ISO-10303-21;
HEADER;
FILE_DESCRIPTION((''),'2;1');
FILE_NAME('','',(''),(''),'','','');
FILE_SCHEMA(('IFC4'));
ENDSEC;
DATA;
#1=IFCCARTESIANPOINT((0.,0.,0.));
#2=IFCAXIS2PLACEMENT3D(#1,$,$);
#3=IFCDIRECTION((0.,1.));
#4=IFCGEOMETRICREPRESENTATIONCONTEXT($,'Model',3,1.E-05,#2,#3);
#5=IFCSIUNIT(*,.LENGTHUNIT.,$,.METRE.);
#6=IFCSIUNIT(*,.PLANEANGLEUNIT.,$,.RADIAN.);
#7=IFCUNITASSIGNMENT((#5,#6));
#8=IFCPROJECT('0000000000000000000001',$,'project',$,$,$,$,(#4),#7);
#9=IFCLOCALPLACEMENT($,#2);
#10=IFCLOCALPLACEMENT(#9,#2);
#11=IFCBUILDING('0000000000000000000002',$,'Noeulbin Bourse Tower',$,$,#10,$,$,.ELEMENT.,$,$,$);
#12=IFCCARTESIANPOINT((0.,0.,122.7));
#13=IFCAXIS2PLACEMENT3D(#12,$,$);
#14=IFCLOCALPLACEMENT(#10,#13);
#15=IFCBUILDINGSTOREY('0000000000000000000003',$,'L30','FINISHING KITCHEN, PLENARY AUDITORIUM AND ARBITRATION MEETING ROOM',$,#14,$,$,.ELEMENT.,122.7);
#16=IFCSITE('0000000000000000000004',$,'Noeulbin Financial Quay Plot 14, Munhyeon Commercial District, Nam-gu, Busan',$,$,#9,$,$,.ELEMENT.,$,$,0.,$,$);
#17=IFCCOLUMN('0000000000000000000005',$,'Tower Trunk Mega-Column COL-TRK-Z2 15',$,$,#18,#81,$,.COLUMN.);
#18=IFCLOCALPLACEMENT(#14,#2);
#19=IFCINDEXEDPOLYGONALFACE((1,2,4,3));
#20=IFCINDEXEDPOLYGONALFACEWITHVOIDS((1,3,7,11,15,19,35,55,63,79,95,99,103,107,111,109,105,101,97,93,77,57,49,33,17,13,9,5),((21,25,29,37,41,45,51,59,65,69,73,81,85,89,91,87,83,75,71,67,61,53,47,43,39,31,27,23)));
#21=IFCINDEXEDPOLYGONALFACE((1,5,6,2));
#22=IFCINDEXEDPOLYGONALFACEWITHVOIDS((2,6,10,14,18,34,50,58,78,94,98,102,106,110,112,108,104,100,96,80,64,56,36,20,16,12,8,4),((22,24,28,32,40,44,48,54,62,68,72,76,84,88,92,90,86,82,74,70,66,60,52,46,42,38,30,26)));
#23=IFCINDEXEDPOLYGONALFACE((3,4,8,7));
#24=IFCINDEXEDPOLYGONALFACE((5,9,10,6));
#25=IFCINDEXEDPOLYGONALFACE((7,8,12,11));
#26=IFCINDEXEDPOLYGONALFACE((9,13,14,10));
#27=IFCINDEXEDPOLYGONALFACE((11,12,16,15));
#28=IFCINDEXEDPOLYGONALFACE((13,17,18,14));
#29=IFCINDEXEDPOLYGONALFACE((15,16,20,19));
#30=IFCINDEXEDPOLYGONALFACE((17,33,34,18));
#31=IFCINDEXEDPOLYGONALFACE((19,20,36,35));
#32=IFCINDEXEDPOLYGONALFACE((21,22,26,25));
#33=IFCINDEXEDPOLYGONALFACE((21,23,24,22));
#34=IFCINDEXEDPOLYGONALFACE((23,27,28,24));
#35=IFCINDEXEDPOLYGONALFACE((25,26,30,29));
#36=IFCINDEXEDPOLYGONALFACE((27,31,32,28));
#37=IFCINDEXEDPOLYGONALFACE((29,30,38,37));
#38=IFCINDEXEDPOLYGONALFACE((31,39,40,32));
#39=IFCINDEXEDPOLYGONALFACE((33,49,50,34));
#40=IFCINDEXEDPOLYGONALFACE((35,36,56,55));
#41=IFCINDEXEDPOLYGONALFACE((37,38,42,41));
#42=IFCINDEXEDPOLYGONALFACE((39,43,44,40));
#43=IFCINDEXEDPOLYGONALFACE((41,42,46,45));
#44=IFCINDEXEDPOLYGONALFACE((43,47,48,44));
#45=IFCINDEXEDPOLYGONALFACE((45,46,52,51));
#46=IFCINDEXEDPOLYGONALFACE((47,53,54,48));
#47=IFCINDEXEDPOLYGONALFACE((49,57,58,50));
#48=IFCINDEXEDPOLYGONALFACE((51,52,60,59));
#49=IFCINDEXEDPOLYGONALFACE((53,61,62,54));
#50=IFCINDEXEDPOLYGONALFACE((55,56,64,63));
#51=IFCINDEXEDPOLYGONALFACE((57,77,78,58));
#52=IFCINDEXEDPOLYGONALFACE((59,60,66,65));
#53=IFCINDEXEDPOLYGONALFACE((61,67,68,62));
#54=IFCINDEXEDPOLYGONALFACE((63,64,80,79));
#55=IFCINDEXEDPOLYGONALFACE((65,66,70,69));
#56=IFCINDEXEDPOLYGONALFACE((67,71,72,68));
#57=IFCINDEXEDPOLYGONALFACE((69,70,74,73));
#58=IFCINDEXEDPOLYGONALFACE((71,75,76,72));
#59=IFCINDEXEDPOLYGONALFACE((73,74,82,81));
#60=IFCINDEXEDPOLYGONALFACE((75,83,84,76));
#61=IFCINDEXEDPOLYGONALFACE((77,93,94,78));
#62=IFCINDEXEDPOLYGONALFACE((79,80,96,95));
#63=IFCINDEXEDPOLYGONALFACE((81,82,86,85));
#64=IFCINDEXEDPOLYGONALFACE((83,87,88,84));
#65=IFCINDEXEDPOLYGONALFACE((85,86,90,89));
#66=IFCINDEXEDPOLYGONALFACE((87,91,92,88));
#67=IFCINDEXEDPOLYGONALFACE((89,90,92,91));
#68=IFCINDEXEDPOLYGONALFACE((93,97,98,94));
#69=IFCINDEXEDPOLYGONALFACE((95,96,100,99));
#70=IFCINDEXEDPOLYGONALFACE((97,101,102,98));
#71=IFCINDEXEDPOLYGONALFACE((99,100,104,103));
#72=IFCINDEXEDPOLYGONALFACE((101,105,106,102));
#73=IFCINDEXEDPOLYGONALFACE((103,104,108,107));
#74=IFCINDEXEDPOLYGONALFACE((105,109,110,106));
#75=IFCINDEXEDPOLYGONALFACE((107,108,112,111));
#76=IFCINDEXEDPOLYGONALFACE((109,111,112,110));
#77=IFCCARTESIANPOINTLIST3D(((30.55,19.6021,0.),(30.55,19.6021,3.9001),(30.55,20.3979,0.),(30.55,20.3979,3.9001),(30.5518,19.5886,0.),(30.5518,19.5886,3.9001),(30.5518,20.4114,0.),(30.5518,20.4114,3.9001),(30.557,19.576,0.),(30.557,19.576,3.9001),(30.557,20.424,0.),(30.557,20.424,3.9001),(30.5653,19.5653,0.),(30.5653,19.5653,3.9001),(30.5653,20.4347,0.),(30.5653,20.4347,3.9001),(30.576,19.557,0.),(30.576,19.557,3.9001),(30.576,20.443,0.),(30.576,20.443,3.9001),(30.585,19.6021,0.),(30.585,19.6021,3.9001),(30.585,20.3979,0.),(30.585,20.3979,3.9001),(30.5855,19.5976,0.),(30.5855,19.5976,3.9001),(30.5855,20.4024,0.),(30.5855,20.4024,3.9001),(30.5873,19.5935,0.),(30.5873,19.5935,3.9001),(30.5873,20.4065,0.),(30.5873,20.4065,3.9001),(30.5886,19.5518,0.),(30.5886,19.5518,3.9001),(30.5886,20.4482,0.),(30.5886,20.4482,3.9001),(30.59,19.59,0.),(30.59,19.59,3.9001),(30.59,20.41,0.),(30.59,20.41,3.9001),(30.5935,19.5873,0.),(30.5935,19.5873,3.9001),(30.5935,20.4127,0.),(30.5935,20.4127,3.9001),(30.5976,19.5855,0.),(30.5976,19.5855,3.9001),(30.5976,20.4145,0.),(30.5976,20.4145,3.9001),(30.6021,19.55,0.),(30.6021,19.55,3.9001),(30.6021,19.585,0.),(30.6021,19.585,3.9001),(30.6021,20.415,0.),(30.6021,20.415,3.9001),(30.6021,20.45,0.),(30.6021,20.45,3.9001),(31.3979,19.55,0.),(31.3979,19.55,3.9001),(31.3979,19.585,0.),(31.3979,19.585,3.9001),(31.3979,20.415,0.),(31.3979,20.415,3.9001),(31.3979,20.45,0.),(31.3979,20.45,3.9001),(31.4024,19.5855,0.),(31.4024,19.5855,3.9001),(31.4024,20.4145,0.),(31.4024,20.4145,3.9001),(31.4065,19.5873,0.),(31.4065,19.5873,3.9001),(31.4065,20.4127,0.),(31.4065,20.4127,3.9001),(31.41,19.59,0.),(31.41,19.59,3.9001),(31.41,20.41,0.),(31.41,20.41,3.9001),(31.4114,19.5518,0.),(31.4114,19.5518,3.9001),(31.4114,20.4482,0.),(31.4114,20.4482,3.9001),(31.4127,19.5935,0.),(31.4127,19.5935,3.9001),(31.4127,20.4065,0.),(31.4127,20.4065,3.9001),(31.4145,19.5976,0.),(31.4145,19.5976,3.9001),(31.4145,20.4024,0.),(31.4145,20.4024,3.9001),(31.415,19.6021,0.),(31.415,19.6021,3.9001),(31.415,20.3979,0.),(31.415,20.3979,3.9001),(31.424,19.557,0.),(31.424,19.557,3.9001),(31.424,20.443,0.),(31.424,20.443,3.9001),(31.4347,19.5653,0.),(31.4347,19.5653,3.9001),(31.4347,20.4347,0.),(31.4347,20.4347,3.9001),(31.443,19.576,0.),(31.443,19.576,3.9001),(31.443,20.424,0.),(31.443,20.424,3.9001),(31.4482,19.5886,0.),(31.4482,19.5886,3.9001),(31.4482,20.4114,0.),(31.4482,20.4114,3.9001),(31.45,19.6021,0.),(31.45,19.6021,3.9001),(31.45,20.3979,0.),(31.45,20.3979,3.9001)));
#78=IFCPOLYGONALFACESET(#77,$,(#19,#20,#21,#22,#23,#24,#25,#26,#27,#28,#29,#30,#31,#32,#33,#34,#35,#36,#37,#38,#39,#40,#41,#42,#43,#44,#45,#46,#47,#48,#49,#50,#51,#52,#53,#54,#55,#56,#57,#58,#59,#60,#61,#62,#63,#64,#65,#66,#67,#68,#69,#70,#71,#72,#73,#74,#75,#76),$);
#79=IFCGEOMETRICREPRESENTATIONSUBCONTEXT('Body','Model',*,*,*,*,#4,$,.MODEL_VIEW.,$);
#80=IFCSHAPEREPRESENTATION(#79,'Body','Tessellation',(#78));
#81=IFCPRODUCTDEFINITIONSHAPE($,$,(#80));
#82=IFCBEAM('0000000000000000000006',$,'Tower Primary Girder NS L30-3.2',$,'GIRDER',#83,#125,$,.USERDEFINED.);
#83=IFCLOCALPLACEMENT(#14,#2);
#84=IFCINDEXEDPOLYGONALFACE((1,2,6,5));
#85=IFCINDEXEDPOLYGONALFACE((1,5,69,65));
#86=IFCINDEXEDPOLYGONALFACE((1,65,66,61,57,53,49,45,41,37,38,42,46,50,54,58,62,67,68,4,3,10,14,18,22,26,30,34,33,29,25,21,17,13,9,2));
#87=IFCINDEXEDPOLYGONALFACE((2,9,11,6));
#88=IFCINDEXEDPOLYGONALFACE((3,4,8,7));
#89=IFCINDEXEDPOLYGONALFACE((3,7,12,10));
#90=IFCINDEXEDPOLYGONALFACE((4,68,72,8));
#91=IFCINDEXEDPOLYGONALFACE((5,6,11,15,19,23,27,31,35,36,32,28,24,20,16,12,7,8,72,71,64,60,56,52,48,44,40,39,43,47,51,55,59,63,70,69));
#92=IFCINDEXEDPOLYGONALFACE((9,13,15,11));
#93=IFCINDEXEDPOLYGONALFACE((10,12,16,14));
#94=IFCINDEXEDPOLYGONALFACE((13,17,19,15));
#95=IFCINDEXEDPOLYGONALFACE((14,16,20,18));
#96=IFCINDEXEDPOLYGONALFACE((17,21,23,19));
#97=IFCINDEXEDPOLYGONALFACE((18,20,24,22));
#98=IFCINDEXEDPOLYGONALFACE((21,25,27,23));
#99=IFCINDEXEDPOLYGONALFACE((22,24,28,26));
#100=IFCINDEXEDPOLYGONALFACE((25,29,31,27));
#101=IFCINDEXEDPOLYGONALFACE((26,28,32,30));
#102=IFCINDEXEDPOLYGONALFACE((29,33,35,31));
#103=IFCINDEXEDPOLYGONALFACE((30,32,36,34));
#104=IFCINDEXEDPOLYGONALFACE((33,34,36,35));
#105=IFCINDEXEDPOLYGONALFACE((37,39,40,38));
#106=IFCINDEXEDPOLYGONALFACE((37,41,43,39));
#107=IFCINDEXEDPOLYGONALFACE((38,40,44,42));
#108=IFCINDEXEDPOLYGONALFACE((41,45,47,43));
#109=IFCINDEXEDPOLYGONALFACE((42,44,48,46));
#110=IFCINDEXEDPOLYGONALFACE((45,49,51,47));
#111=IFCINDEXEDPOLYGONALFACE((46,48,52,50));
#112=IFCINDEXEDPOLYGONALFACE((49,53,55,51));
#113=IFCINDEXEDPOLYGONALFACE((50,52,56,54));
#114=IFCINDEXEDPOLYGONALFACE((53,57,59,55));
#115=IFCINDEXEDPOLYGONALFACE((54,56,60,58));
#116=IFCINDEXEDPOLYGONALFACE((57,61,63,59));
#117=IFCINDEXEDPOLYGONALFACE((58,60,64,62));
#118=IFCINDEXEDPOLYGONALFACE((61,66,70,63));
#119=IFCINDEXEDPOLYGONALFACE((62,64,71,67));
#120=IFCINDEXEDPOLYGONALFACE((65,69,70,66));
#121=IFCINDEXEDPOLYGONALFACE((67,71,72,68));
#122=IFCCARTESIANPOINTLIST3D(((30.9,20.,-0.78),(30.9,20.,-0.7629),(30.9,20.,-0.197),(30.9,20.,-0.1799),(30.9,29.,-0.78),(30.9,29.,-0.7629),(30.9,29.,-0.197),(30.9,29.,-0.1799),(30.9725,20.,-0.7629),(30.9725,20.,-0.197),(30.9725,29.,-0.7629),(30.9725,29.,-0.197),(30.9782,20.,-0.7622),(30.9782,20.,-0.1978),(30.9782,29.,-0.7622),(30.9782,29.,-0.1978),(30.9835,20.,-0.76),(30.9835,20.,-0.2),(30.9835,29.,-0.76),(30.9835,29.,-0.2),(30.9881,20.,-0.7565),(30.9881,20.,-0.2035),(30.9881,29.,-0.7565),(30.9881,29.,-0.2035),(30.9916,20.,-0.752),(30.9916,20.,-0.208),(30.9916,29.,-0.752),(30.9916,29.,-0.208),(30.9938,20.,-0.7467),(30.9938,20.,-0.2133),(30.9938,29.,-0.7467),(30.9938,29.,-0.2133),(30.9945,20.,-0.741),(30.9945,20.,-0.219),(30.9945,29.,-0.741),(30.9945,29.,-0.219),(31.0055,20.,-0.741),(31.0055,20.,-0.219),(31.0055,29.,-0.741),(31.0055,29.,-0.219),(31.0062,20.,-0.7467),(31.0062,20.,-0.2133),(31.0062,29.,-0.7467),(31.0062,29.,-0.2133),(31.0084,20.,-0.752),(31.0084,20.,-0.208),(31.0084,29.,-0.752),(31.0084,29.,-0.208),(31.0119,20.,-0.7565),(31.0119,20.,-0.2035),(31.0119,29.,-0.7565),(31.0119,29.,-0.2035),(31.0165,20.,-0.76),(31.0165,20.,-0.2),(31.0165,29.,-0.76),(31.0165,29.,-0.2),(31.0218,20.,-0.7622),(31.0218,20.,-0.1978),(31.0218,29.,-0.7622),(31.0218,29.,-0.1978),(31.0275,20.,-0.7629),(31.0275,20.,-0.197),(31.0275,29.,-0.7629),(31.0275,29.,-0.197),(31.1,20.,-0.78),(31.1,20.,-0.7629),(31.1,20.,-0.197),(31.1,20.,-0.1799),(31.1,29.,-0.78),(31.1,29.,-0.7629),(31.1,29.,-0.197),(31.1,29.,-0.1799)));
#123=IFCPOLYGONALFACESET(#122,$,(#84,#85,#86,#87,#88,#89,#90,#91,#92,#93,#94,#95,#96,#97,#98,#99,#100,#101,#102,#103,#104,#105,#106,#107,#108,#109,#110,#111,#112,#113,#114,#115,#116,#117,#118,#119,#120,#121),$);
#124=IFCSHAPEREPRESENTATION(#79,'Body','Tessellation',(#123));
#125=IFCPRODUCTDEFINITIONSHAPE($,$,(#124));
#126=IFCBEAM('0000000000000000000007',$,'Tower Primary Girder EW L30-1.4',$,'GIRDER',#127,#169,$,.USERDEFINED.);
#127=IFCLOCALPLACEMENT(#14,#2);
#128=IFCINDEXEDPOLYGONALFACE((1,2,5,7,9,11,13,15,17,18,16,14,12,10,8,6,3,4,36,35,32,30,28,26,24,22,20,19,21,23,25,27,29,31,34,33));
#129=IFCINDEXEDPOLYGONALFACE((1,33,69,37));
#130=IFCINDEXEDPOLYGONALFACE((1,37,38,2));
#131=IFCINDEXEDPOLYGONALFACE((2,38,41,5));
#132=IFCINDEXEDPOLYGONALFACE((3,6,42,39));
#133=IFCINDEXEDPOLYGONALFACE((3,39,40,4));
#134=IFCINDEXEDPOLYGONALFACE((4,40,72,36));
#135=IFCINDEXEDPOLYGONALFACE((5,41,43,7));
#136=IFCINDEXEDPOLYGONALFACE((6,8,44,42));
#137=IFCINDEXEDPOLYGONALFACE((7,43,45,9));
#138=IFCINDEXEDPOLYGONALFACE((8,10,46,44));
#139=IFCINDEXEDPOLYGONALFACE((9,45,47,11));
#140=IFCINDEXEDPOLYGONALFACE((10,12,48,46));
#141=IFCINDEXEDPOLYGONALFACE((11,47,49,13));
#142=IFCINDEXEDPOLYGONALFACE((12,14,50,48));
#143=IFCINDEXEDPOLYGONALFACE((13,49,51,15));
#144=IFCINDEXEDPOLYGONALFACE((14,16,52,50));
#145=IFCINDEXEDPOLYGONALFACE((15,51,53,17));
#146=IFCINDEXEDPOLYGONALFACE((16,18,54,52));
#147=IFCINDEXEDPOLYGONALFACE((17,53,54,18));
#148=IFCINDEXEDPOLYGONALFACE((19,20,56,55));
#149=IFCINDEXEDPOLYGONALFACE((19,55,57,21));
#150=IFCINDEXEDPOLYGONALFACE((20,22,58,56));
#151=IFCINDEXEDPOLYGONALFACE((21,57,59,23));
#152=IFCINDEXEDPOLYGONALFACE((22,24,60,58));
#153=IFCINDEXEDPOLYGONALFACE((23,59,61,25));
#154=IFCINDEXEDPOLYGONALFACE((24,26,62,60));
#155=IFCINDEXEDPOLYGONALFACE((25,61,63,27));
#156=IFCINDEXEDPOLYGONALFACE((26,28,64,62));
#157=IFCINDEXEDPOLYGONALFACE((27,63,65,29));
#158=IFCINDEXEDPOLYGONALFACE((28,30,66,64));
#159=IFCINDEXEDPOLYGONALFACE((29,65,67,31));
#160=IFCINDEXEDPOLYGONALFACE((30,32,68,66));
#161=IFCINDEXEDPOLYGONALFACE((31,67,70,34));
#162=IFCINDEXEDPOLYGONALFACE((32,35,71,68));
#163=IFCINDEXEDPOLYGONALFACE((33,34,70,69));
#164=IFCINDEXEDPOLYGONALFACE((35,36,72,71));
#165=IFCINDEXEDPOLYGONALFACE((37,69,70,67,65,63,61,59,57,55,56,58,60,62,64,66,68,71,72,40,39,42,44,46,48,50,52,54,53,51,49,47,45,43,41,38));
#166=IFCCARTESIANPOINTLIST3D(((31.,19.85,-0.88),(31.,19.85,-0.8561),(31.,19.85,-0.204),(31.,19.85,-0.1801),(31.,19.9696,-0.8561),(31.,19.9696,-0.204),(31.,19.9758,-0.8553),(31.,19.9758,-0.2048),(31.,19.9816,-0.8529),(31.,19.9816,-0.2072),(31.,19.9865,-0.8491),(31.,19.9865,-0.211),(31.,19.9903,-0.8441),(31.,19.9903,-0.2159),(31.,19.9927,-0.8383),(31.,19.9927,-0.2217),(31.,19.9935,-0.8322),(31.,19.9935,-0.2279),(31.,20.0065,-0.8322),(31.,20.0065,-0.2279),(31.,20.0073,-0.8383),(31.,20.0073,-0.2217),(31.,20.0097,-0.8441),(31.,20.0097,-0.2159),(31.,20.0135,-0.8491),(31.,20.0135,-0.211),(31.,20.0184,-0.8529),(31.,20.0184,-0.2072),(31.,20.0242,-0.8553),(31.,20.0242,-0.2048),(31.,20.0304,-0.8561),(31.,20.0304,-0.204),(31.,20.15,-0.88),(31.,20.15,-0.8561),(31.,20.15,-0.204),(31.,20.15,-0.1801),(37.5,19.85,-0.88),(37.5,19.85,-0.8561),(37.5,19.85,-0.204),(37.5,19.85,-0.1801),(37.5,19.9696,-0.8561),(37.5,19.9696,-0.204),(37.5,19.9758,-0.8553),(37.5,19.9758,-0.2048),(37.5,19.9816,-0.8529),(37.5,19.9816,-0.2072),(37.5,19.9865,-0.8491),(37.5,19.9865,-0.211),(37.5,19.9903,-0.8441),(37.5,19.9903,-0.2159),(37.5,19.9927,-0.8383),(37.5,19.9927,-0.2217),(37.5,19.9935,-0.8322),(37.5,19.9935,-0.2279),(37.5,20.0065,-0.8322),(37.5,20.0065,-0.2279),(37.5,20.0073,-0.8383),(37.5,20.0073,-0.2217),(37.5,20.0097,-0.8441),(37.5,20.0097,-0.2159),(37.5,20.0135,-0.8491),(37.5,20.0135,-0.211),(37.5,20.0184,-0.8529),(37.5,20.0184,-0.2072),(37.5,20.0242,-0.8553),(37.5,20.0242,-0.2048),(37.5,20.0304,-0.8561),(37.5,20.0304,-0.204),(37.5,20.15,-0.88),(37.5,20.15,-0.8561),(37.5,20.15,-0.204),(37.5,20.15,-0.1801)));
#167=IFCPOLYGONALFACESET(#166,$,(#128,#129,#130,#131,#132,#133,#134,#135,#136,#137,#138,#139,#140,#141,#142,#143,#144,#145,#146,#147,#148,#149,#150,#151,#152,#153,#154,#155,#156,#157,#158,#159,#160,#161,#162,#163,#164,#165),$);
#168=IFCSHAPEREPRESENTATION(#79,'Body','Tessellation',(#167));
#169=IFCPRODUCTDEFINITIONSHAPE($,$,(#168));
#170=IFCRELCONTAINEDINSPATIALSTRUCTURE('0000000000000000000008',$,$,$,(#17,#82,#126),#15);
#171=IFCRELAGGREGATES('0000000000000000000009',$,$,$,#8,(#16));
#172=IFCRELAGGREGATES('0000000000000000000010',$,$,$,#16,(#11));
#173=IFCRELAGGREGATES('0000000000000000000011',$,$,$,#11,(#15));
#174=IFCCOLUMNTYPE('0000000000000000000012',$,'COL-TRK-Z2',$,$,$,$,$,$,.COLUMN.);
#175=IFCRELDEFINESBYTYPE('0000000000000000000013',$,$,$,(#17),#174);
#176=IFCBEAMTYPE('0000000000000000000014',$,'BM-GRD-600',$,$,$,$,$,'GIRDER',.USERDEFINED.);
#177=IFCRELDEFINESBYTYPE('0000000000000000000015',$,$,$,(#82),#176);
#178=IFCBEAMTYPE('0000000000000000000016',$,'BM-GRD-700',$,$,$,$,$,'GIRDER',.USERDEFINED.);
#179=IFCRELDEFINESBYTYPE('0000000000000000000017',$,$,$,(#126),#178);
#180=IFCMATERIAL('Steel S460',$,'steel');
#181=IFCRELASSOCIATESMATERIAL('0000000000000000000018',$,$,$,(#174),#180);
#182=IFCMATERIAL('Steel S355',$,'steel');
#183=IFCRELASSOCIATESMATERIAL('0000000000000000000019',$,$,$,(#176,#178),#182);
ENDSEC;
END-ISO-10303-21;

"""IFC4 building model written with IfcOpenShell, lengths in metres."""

from ifc_helpers import new_model, si_unit, direction, frame, origin, origin_2d, place, context, subcontext, project, spatial, hollow_rectangle, i_section, extrude, material, material_profile, profile_set, type_object, element, save


model = new_model("IFC4")

# Units and contexts
model_context = context("Model", 3, precision=1e-05, world=origin(), true_north=direction((0.0, 1.0)))
body_context = subcontext(model_context, "Body", "Model", "MODEL_VIEW")
ifc_project = project(units=[si_unit("LENGTHUNIT", "METRE"), si_unit("PLANEANGLEUNIT", "RADIAN")], contexts=[model_context])

# Site, building, storey
site_placement = place(None, origin())
site = spatial("IfcSite", under=ifc_project, at=site_placement, Name="Noeulbin Financial Quay Plot 14, Munhyeon Commercial District, Nam-gu, Busan", CompositionType="ELEMENT", RefElevation=0.0)
building_placement = place(site_placement, origin())
building = spatial("IfcBuilding", under=site, at=building_placement, Name="Noeulbin Bourse Tower", CompositionType="ELEMENT")
storey_placement = place(building_placement, frame((0.0, 0.0, 122.7)))
storey = spatial("IfcBuildingStorey", under=building, at=storey_placement, Name="L30", Description="FINISHING KITCHEN, PLENARY AUDITORIUM AND ARBITRATION MEETING ROOM", CompositionType="ELEMENT", Elevation=122.7)

# Column
ifc_material_1 = material(Name="Steel S460", Category="steel")
ifc_material_profile_1 = material_profile(ifc_material_1, hollow_rectangle(XDim=0.8999, YDim=0.8999, WallThickness=0.0349, InnerFilletRadius=0.0171, OuterFilletRadius=0.052, at=origin_2d()), Name="BOX-900x900x35", Category="LoadBearing")
ifc_profile_set_1 = profile_set([ifc_material_profile_1], Name="Steel S460")
column_type = type_object("IfcColumnType", Name="COL-TRK-Z2", PredefinedType="COLUMN", material=ifc_profile_set_1)
column_placement = place(storey_placement, frame((31.0, 20.0, 0.0), z_axis=(0.0, 0.0, 1.0), x_axis=(1.0, 0.0, 0.0)))
element("IfcColumn", 1, at=column_placement, inside=storey, type_object=column_type, Name="Tower Trunk Mega-Column COL-TRK-Z2 15", PredefinedType="COLUMN", context=body_context, shape_type="SweptSolid", body=[
    extrude(hollow_rectangle(XDim=0.8999, YDim=0.8999, WallThickness=0.0349, InnerFilletRadius=0.0171, OuterFilletRadius=0.052, at=origin_2d()), origin(), (0.0, 0.0, 1.0), 3.9001),
])

# Beams
ifc_material_2 = material(Name="Steel S355", Category="steel")
ifc_material_profile_2 = material_profile(ifc_material_2, i_section(OverallWidth=0.2, OverallDepth=0.6001, WebThickness=0.011, FlangeThickness=0.0171, FilletRadius=0.022, at=origin_2d()), Name="H-600x200x11x17", Category="LoadBearing")
ifc_profile_set_2 = profile_set([ifc_material_profile_2], Name="Steel S355")
beam_type_1 = type_object("IfcBeamType", Name="BM-GRD-600", ElementType="GIRDER", PredefinedType="USERDEFINED", material=ifc_profile_set_2)
beam_1_placement = place(storey_placement, frame((31.0, 20.0, -0.48), z_axis=(0.0, 1.0, 0.0), x_axis=(-1.0, 0.0, 0.0)))
element("IfcBeam", 2, at=beam_1_placement, inside=storey, type_object=beam_type_1, Name="Tower Primary Girder NS L30-3.2", ObjectType="GIRDER", PredefinedType="USERDEFINED", context=body_context, shape_type="SweptSolid", body=[
    extrude(i_section(OverallWidth=0.2, OverallDepth=0.6001, WebThickness=0.011, FlangeThickness=0.0171, FilletRadius=0.022, at=origin_2d()), origin(), (0.0, 0.0, 1.0), 9.0),
])
ifc_material_profile_3 = material_profile(ifc_material_2, i_section(OverallWidth=0.3, OverallDepth=0.7, WebThickness=0.0129, FlangeThickness=0.0239, FilletRadius=0.0239, at=origin_2d()), Name="H-700x300x13x24", Category="LoadBearing")
ifc_profile_set_3 = profile_set([ifc_material_profile_3], Name="Steel S355")
beam_type_2 = type_object("IfcBeamType", Name="BM-GRD-700", ElementType="GIRDER", PredefinedType="USERDEFINED", material=ifc_profile_set_3)
beam_2_placement = place(storey_placement, frame((31.0, 20.0, -0.53), z_axis=(1.0, 0.0, 0.0), x_axis=(0.0, 1.0, 0.0)))
element("IfcBeam", 3, at=beam_2_placement, inside=storey, type_object=beam_type_2, Name="Tower Primary Girder EW L30-1.4", ObjectType="GIRDER", PredefinedType="USERDEFINED", context=body_context, shape_type="SweptSolid", body=[
    extrude(i_section(OverallWidth=0.3, OverallDepth=0.7, WebThickness=0.0129, FlangeThickness=0.0239, FilletRadius=0.0239, at=origin_2d()), origin(), (0.0, 0.0, 1.0), 6.5),
])

save(model, "model.ifc")
